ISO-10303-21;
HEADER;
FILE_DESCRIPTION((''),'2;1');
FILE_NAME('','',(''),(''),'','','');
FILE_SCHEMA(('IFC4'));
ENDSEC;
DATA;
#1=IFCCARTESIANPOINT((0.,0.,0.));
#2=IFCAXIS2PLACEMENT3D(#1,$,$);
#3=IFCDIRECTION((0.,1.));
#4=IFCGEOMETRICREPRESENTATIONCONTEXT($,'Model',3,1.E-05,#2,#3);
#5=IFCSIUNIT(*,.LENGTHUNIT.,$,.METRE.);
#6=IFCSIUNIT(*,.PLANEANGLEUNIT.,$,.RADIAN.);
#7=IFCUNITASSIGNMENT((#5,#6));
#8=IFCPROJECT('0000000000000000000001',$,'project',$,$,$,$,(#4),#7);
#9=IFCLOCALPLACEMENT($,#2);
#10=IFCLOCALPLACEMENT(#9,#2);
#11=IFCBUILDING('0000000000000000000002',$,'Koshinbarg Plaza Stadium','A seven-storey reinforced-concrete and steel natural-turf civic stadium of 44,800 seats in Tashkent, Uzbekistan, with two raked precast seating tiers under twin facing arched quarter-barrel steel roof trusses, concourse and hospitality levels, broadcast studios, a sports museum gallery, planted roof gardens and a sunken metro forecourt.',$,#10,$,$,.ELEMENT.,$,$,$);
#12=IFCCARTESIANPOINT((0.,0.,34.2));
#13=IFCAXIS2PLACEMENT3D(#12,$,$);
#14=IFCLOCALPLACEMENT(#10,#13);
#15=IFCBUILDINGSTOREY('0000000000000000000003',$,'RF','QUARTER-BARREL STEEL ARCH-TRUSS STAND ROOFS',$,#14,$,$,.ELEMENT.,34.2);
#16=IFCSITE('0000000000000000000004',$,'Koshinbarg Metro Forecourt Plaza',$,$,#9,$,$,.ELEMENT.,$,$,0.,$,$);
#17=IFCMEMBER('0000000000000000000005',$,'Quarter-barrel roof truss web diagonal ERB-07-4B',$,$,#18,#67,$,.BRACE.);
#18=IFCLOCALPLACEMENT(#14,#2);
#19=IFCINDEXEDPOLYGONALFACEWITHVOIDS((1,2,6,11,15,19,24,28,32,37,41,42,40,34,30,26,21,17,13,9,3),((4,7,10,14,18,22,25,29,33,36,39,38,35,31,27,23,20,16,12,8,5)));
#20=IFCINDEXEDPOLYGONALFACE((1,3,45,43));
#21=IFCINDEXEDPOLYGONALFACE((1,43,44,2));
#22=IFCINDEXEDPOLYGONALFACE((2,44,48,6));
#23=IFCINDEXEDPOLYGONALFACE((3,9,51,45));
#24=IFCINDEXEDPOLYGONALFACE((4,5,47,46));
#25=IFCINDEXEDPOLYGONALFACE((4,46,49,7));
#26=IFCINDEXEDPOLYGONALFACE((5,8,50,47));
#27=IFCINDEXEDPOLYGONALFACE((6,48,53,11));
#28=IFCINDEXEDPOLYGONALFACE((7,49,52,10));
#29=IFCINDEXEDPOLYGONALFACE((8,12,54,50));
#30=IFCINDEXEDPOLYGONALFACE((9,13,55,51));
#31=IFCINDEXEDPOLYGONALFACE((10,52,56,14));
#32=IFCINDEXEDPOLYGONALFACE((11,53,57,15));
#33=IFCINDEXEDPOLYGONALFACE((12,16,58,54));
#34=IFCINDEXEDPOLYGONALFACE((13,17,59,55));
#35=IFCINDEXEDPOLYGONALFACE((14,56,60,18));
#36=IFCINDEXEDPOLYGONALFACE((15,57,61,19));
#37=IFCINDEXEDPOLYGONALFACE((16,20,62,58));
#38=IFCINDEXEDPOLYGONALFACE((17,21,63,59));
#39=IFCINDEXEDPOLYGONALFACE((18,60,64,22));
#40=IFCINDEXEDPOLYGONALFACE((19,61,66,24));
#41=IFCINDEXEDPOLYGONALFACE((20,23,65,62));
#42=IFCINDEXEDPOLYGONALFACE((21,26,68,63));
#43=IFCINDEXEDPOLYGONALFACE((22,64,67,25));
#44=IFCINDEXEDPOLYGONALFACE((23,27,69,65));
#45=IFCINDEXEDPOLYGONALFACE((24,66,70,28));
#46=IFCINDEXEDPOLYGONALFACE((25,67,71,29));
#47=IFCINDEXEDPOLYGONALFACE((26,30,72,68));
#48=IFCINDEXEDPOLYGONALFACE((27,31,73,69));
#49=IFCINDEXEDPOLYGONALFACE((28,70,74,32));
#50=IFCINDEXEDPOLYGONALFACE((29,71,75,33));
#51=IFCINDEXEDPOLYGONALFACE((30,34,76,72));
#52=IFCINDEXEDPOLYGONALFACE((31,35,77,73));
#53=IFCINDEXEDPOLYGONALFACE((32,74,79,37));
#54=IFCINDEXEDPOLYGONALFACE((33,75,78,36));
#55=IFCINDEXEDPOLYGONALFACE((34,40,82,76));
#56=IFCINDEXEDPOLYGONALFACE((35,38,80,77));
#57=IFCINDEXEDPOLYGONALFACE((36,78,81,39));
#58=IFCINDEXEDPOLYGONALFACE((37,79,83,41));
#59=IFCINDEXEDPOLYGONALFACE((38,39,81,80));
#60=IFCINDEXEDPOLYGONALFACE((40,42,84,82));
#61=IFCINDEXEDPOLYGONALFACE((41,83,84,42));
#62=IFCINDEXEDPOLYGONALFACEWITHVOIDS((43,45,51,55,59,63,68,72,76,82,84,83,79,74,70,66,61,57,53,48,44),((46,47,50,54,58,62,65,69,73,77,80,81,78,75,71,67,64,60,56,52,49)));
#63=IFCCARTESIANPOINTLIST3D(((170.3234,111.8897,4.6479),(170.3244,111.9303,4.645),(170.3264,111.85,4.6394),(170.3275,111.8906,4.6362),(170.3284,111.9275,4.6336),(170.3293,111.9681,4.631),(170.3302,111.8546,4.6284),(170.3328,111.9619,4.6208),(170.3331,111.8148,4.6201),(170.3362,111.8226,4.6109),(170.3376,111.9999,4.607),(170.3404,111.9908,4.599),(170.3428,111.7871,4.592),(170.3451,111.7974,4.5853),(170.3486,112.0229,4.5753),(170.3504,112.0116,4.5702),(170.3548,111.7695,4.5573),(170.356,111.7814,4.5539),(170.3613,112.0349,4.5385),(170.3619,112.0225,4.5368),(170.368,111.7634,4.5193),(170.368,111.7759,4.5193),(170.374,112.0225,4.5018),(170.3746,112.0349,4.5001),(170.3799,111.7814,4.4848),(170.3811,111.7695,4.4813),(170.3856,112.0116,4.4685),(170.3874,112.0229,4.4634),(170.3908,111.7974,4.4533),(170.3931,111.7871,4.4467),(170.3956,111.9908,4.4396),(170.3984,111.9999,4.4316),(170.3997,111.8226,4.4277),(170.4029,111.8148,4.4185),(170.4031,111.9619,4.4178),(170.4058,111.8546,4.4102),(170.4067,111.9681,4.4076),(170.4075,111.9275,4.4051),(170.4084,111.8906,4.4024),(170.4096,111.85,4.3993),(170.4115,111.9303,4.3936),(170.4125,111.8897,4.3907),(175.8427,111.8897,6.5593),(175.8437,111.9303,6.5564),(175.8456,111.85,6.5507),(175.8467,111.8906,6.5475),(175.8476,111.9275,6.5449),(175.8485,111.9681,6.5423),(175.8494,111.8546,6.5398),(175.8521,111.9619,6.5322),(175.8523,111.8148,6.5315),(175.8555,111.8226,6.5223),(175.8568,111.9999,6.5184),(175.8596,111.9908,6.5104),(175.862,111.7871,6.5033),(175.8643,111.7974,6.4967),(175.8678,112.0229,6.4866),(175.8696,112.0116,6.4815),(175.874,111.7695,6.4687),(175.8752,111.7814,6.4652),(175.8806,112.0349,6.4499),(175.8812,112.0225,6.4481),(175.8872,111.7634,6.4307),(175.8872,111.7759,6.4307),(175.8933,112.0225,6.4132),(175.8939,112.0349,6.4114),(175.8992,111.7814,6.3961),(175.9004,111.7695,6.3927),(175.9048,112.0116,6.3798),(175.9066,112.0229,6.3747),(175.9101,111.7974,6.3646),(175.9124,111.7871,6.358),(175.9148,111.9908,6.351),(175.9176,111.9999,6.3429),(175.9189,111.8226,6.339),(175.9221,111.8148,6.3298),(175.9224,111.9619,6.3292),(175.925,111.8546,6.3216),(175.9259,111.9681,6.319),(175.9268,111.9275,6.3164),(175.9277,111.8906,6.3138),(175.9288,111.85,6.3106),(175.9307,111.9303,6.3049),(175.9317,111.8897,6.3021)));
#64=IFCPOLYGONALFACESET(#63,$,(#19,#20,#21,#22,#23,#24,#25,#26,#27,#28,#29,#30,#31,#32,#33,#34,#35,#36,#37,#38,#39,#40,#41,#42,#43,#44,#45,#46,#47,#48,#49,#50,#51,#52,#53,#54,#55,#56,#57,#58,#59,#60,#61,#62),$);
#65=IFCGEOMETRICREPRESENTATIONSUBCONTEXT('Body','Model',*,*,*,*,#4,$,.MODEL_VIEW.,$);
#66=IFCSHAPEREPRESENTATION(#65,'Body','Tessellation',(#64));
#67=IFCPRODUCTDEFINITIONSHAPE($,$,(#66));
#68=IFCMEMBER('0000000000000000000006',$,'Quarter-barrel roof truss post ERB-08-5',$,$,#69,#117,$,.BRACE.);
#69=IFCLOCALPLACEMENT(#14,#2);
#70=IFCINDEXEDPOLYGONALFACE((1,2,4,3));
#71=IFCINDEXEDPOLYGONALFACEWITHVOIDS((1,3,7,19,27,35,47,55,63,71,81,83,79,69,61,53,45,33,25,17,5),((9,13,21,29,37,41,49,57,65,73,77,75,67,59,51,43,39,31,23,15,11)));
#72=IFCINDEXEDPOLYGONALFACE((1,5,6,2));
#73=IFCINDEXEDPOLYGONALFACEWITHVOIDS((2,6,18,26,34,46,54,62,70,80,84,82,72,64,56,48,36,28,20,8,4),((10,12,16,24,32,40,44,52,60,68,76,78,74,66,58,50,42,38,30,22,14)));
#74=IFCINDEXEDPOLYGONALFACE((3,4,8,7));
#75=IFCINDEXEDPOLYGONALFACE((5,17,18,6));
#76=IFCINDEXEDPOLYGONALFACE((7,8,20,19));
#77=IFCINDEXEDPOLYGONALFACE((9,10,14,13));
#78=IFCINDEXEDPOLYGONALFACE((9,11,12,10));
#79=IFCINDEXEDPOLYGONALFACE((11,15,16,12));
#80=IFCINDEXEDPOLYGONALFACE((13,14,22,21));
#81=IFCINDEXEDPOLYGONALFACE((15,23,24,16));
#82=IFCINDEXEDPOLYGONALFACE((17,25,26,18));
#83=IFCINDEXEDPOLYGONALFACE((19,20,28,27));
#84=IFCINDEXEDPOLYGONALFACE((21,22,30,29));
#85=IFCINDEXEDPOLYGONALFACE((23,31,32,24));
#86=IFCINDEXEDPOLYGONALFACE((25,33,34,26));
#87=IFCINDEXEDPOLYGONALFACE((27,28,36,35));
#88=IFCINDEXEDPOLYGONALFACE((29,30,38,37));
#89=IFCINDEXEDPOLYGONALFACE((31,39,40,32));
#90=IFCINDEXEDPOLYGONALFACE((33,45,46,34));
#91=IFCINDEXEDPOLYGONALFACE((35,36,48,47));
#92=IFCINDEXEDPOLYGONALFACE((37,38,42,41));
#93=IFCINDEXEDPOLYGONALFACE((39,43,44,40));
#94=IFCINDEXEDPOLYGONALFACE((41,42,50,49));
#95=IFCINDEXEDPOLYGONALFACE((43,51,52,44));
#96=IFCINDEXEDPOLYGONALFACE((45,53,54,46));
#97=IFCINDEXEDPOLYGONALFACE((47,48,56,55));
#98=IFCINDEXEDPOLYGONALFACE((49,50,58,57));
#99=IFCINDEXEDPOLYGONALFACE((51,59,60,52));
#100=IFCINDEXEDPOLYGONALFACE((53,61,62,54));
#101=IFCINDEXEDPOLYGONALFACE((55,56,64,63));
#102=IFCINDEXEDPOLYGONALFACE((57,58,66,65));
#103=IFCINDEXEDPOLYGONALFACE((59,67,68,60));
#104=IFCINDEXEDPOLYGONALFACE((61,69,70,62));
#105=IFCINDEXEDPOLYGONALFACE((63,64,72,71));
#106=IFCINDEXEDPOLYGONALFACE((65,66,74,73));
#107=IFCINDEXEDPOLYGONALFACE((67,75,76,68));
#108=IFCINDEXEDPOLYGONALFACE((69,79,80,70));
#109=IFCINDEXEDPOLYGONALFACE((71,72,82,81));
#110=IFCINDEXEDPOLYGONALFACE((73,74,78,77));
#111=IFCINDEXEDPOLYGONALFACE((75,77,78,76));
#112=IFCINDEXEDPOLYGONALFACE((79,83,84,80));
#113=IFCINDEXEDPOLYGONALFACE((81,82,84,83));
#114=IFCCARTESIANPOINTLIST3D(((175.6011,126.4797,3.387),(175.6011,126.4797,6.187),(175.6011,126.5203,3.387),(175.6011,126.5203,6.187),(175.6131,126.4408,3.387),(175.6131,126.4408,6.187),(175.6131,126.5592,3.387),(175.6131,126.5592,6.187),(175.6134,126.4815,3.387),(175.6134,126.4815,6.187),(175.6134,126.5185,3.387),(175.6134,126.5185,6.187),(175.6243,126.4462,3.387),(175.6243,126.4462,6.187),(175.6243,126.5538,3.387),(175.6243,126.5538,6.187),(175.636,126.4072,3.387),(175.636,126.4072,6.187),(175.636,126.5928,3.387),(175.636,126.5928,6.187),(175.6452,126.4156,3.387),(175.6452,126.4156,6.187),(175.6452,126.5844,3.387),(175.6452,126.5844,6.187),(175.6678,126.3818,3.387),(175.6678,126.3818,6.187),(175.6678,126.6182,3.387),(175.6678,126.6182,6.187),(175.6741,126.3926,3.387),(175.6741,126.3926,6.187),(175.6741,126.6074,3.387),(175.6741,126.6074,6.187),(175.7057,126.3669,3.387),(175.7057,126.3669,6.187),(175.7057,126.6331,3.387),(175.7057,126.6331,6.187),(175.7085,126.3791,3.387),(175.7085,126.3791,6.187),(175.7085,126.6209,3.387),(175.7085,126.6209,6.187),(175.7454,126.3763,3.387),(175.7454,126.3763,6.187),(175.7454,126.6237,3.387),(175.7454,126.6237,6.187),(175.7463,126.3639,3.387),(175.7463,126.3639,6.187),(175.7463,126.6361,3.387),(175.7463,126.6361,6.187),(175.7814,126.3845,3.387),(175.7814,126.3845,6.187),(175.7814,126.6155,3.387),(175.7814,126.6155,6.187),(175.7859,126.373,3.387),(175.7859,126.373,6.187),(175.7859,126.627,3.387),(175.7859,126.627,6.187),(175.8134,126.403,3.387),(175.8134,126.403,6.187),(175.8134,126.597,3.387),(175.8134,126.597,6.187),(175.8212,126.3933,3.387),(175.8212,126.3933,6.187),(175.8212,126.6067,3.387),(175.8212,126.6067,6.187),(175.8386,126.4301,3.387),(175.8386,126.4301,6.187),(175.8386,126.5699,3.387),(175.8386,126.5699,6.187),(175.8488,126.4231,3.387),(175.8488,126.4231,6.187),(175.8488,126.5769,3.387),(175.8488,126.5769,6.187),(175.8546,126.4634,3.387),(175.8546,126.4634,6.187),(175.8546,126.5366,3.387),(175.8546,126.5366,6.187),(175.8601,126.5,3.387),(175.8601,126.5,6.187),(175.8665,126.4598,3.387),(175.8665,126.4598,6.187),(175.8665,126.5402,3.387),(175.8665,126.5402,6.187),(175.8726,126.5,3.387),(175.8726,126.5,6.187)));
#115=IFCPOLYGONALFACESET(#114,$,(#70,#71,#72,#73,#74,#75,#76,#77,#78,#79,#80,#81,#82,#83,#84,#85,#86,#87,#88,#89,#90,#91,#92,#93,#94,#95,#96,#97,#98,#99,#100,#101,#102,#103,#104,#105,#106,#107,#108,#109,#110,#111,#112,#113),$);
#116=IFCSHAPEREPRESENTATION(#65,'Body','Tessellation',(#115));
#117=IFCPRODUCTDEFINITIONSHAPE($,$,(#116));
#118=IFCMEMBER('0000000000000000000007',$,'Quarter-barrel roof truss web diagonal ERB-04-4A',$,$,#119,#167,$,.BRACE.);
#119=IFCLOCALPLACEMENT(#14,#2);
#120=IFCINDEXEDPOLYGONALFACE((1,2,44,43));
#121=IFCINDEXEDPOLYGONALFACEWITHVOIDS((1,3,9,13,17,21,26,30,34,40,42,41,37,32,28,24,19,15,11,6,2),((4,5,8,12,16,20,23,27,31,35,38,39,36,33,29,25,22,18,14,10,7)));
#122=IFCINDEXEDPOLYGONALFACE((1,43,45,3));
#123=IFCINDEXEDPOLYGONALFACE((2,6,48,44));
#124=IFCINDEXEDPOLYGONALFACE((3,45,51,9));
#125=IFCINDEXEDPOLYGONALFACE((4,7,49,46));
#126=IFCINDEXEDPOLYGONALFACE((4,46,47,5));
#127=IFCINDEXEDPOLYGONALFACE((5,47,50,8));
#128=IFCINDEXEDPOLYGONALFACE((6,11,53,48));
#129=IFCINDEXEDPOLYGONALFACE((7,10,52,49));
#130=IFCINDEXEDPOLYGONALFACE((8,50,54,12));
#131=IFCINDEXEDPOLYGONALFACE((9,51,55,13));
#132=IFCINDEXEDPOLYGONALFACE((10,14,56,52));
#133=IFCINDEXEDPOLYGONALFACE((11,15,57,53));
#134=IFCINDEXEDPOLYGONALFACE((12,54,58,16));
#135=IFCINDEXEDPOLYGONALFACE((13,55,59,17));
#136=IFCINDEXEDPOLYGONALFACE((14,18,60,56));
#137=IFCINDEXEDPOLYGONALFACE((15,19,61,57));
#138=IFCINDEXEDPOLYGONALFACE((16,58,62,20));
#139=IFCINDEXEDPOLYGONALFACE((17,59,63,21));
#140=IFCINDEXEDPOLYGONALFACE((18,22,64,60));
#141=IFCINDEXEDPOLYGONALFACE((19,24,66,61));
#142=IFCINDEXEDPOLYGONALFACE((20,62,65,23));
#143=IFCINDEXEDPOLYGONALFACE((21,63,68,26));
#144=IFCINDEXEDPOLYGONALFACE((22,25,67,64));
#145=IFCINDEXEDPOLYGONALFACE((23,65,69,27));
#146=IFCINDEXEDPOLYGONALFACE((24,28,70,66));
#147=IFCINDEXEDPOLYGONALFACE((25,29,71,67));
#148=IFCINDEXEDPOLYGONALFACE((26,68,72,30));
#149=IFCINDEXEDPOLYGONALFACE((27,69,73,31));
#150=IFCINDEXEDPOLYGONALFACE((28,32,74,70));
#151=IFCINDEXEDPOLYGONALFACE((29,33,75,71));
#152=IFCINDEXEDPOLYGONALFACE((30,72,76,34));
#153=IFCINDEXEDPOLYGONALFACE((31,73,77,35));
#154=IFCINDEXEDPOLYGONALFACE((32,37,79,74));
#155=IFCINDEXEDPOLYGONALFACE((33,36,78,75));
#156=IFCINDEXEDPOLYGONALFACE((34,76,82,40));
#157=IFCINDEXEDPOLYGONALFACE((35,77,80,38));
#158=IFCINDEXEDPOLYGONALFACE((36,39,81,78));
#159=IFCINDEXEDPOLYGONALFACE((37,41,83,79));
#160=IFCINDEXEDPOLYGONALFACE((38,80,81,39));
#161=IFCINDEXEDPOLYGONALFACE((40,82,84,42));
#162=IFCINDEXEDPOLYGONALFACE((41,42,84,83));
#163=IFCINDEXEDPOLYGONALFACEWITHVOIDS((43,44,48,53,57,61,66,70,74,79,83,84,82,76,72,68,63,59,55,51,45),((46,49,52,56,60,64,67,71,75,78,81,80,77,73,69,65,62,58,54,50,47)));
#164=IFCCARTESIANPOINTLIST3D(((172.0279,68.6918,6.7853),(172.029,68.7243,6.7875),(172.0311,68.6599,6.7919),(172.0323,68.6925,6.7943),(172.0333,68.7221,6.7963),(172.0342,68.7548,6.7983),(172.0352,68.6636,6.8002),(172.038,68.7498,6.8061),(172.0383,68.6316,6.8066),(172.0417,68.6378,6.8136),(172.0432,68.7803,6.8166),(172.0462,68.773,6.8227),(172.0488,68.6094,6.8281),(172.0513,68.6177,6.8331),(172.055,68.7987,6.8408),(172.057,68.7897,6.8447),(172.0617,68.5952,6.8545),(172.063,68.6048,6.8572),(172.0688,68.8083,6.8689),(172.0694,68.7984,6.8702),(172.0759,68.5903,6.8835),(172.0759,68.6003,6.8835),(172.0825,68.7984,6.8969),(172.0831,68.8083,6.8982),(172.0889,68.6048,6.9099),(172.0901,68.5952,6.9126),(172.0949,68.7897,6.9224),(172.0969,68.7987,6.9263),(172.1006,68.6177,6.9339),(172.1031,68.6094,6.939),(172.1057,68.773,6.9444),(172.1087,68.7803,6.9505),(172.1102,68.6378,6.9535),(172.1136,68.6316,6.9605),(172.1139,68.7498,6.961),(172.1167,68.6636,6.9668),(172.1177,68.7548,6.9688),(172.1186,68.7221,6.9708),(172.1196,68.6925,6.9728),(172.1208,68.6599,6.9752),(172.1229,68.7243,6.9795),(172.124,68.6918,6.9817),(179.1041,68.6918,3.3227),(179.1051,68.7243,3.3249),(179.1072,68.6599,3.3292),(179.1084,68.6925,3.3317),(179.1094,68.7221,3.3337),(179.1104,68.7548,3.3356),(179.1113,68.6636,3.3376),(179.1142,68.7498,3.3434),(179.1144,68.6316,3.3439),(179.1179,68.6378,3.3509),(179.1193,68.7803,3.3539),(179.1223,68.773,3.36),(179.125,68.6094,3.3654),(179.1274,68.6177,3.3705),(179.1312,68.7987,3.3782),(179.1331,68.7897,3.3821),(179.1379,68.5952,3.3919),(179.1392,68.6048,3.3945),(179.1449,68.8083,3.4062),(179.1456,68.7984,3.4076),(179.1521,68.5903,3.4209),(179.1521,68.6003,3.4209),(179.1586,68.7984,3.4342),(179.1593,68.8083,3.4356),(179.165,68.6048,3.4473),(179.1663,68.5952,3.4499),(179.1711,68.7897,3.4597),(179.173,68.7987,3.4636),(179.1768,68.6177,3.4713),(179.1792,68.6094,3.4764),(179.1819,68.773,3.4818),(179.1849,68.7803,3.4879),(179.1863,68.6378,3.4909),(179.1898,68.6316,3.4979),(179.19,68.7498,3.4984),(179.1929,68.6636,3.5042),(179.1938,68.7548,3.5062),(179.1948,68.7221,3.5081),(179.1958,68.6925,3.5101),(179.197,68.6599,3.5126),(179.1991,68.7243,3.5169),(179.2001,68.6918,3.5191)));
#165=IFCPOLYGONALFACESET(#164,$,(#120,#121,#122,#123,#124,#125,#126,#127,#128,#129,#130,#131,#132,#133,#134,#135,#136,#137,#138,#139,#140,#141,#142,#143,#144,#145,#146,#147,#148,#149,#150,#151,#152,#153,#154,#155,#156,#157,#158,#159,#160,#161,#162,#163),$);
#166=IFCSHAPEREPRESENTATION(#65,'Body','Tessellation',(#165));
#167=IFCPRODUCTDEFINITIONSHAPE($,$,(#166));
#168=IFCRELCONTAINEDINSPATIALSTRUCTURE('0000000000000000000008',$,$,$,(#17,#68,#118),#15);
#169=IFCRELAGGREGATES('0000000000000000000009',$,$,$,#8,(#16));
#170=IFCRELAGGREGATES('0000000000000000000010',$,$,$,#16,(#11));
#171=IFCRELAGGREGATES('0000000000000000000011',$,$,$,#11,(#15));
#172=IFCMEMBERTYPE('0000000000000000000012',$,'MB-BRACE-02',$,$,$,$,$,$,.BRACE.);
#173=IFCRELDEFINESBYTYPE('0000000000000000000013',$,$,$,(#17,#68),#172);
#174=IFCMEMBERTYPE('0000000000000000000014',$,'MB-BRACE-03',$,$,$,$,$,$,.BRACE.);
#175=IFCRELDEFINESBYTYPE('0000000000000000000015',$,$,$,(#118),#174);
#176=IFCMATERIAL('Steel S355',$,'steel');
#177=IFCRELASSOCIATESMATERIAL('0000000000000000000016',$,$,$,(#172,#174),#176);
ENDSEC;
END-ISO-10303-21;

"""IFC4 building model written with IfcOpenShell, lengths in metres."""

from ifc_helpers import new_model, si_unit, direction, frame, origin, origin_2d, place, context, subcontext, project, spatial, hollow_circle, extrude, material, material_profile, profile_set, type_object, element, save


model = new_model("IFC4")

# Units and contexts
model_context = context("Model", 3, precision=1e-05, world=origin(), true_north=direction((0.0, 1.0)))
body_context = subcontext(model_context, "Body", "Model", "MODEL_VIEW")
ifc_project = project(units=[si_unit("LENGTHUNIT", "METRE"), si_unit("PLANEANGLEUNIT", "RADIAN")], contexts=[model_context])

# Site, building, storey
site_placement = place(None, origin())
site = spatial("IfcSite", under=ifc_project, at=site_placement, Name="Koshinbarg Metro Forecourt Plaza", CompositionType="ELEMENT", RefElevation=0.0)
building_placement = place(site_placement, origin())
building = spatial("IfcBuilding", under=site, at=building_placement, Name="Koshinbarg Plaza Stadium", Description="A seven-storey reinforced-concrete and steel natural-turf civic stadium of 44,800 seats in Tashkent, Uzbekistan, with two raked precast seating tiers under twin facing arched quarter-barrel steel roof trusses, concourse and hospitality levels, broadcast studios, a sports museum gallery, planted roof gardens and a sunken metro forecourt.", CompositionType="ELEMENT")
storey_placement = place(building_placement, frame((0.0, 0.0, 34.2)))
storey = spatial("IfcBuildingStorey", under=building, at=storey_placement, Name="RF", Description="QUARTER-BARREL STEEL ARCH-TRUSS STAND ROOFS", CompositionType="ELEMENT", Elevation=34.2)

# Members
ifc_material_1 = material(Name="Steel S355", Category="steel")
ifc_material_profile_1 = material_profile(ifc_material_1, hollow_circle(Radius=0.1365, WallThickness=0.0125, at=origin_2d()), Name="CHS 273x12.5")
ifc_profile_set_1 = profile_set([ifc_material_profile_1], Name="Steel S355")
member_type_1 = type_object("IfcMemberType", Name="MB-BRACE-02", PredefinedType="BRACE", material=ifc_profile_set_1)
member_1_placement = place(storey_placement, frame((175.8872, 111.8999, 6.4307), z_axis=(-0.944941, 0.0, -0.327241), x_axis=(0.0, -1.0, 0.0)))
element("IfcMember", 1, at=member_1_placement, inside=storey, type_object=member_type_1, Name="Quarter-barrel roof truss web diagonal ERB-07-4B", PredefinedType="BRACE", context=body_context, shape_type="SweptSolid", body=[
    extrude(hollow_circle(Radius=0.1365, WallThickness=0.0125, at=origin_2d()), origin(), (0.0, 0.0, 1.0), 5.8408),
])
member_2_placement = place(storey_placement, frame((175.7361, 126.5, 3.387), z_axis=(0.0, 0.0, 1.0), x_axis=(1.0, 0.0, 0.0)))
element("IfcMember", 2, at=member_2_placement, inside=storey, type_object=member_type_1, Name="Quarter-barrel roof truss post ERB-08-5", PredefinedType="BRACE", context=body_context, shape_type="SweptSolid", body=[
    extrude(hollow_circle(Radius=0.1365, WallThickness=0.0125, at=origin_2d()), origin(), (0.0, 0.0, 1.0), 2.8),
])
ifc_material_profile_2 = material_profile(ifc_material_1, hollow_circle(Radius=0.1096, WallThickness=0.01, at=origin_2d()), Name="CHS 219.1x10")
ifc_profile_set_2 = profile_set([ifc_material_profile_2], Name="Steel S355")
member_type_2 = type_object("IfcMemberType", Name="MB-BRACE-03", PredefinedType="BRACE", material=ifc_profile_set_2)
member_3_placement = place(storey_placement, frame((179.1521, 68.7, 3.4209), z_axis=(-0.898225, 0.0, 0.439536), x_axis=(0.0, -1.0, 0.0)))
element("IfcMember", 3, at=member_3_placement, inside=storey, type_object=member_type_2, Name="Quarter-barrel roof truss web diagonal ERB-04-4A", PredefinedType="BRACE", context=body_context, shape_type="SweptSolid", body=[
    extrude(hollow_circle(Radius=0.1096, WallThickness=0.01, at=origin_2d()), origin(), (0.0, 0.0, 1.0), 7.8779),
])

save(model, "model.ifc")
